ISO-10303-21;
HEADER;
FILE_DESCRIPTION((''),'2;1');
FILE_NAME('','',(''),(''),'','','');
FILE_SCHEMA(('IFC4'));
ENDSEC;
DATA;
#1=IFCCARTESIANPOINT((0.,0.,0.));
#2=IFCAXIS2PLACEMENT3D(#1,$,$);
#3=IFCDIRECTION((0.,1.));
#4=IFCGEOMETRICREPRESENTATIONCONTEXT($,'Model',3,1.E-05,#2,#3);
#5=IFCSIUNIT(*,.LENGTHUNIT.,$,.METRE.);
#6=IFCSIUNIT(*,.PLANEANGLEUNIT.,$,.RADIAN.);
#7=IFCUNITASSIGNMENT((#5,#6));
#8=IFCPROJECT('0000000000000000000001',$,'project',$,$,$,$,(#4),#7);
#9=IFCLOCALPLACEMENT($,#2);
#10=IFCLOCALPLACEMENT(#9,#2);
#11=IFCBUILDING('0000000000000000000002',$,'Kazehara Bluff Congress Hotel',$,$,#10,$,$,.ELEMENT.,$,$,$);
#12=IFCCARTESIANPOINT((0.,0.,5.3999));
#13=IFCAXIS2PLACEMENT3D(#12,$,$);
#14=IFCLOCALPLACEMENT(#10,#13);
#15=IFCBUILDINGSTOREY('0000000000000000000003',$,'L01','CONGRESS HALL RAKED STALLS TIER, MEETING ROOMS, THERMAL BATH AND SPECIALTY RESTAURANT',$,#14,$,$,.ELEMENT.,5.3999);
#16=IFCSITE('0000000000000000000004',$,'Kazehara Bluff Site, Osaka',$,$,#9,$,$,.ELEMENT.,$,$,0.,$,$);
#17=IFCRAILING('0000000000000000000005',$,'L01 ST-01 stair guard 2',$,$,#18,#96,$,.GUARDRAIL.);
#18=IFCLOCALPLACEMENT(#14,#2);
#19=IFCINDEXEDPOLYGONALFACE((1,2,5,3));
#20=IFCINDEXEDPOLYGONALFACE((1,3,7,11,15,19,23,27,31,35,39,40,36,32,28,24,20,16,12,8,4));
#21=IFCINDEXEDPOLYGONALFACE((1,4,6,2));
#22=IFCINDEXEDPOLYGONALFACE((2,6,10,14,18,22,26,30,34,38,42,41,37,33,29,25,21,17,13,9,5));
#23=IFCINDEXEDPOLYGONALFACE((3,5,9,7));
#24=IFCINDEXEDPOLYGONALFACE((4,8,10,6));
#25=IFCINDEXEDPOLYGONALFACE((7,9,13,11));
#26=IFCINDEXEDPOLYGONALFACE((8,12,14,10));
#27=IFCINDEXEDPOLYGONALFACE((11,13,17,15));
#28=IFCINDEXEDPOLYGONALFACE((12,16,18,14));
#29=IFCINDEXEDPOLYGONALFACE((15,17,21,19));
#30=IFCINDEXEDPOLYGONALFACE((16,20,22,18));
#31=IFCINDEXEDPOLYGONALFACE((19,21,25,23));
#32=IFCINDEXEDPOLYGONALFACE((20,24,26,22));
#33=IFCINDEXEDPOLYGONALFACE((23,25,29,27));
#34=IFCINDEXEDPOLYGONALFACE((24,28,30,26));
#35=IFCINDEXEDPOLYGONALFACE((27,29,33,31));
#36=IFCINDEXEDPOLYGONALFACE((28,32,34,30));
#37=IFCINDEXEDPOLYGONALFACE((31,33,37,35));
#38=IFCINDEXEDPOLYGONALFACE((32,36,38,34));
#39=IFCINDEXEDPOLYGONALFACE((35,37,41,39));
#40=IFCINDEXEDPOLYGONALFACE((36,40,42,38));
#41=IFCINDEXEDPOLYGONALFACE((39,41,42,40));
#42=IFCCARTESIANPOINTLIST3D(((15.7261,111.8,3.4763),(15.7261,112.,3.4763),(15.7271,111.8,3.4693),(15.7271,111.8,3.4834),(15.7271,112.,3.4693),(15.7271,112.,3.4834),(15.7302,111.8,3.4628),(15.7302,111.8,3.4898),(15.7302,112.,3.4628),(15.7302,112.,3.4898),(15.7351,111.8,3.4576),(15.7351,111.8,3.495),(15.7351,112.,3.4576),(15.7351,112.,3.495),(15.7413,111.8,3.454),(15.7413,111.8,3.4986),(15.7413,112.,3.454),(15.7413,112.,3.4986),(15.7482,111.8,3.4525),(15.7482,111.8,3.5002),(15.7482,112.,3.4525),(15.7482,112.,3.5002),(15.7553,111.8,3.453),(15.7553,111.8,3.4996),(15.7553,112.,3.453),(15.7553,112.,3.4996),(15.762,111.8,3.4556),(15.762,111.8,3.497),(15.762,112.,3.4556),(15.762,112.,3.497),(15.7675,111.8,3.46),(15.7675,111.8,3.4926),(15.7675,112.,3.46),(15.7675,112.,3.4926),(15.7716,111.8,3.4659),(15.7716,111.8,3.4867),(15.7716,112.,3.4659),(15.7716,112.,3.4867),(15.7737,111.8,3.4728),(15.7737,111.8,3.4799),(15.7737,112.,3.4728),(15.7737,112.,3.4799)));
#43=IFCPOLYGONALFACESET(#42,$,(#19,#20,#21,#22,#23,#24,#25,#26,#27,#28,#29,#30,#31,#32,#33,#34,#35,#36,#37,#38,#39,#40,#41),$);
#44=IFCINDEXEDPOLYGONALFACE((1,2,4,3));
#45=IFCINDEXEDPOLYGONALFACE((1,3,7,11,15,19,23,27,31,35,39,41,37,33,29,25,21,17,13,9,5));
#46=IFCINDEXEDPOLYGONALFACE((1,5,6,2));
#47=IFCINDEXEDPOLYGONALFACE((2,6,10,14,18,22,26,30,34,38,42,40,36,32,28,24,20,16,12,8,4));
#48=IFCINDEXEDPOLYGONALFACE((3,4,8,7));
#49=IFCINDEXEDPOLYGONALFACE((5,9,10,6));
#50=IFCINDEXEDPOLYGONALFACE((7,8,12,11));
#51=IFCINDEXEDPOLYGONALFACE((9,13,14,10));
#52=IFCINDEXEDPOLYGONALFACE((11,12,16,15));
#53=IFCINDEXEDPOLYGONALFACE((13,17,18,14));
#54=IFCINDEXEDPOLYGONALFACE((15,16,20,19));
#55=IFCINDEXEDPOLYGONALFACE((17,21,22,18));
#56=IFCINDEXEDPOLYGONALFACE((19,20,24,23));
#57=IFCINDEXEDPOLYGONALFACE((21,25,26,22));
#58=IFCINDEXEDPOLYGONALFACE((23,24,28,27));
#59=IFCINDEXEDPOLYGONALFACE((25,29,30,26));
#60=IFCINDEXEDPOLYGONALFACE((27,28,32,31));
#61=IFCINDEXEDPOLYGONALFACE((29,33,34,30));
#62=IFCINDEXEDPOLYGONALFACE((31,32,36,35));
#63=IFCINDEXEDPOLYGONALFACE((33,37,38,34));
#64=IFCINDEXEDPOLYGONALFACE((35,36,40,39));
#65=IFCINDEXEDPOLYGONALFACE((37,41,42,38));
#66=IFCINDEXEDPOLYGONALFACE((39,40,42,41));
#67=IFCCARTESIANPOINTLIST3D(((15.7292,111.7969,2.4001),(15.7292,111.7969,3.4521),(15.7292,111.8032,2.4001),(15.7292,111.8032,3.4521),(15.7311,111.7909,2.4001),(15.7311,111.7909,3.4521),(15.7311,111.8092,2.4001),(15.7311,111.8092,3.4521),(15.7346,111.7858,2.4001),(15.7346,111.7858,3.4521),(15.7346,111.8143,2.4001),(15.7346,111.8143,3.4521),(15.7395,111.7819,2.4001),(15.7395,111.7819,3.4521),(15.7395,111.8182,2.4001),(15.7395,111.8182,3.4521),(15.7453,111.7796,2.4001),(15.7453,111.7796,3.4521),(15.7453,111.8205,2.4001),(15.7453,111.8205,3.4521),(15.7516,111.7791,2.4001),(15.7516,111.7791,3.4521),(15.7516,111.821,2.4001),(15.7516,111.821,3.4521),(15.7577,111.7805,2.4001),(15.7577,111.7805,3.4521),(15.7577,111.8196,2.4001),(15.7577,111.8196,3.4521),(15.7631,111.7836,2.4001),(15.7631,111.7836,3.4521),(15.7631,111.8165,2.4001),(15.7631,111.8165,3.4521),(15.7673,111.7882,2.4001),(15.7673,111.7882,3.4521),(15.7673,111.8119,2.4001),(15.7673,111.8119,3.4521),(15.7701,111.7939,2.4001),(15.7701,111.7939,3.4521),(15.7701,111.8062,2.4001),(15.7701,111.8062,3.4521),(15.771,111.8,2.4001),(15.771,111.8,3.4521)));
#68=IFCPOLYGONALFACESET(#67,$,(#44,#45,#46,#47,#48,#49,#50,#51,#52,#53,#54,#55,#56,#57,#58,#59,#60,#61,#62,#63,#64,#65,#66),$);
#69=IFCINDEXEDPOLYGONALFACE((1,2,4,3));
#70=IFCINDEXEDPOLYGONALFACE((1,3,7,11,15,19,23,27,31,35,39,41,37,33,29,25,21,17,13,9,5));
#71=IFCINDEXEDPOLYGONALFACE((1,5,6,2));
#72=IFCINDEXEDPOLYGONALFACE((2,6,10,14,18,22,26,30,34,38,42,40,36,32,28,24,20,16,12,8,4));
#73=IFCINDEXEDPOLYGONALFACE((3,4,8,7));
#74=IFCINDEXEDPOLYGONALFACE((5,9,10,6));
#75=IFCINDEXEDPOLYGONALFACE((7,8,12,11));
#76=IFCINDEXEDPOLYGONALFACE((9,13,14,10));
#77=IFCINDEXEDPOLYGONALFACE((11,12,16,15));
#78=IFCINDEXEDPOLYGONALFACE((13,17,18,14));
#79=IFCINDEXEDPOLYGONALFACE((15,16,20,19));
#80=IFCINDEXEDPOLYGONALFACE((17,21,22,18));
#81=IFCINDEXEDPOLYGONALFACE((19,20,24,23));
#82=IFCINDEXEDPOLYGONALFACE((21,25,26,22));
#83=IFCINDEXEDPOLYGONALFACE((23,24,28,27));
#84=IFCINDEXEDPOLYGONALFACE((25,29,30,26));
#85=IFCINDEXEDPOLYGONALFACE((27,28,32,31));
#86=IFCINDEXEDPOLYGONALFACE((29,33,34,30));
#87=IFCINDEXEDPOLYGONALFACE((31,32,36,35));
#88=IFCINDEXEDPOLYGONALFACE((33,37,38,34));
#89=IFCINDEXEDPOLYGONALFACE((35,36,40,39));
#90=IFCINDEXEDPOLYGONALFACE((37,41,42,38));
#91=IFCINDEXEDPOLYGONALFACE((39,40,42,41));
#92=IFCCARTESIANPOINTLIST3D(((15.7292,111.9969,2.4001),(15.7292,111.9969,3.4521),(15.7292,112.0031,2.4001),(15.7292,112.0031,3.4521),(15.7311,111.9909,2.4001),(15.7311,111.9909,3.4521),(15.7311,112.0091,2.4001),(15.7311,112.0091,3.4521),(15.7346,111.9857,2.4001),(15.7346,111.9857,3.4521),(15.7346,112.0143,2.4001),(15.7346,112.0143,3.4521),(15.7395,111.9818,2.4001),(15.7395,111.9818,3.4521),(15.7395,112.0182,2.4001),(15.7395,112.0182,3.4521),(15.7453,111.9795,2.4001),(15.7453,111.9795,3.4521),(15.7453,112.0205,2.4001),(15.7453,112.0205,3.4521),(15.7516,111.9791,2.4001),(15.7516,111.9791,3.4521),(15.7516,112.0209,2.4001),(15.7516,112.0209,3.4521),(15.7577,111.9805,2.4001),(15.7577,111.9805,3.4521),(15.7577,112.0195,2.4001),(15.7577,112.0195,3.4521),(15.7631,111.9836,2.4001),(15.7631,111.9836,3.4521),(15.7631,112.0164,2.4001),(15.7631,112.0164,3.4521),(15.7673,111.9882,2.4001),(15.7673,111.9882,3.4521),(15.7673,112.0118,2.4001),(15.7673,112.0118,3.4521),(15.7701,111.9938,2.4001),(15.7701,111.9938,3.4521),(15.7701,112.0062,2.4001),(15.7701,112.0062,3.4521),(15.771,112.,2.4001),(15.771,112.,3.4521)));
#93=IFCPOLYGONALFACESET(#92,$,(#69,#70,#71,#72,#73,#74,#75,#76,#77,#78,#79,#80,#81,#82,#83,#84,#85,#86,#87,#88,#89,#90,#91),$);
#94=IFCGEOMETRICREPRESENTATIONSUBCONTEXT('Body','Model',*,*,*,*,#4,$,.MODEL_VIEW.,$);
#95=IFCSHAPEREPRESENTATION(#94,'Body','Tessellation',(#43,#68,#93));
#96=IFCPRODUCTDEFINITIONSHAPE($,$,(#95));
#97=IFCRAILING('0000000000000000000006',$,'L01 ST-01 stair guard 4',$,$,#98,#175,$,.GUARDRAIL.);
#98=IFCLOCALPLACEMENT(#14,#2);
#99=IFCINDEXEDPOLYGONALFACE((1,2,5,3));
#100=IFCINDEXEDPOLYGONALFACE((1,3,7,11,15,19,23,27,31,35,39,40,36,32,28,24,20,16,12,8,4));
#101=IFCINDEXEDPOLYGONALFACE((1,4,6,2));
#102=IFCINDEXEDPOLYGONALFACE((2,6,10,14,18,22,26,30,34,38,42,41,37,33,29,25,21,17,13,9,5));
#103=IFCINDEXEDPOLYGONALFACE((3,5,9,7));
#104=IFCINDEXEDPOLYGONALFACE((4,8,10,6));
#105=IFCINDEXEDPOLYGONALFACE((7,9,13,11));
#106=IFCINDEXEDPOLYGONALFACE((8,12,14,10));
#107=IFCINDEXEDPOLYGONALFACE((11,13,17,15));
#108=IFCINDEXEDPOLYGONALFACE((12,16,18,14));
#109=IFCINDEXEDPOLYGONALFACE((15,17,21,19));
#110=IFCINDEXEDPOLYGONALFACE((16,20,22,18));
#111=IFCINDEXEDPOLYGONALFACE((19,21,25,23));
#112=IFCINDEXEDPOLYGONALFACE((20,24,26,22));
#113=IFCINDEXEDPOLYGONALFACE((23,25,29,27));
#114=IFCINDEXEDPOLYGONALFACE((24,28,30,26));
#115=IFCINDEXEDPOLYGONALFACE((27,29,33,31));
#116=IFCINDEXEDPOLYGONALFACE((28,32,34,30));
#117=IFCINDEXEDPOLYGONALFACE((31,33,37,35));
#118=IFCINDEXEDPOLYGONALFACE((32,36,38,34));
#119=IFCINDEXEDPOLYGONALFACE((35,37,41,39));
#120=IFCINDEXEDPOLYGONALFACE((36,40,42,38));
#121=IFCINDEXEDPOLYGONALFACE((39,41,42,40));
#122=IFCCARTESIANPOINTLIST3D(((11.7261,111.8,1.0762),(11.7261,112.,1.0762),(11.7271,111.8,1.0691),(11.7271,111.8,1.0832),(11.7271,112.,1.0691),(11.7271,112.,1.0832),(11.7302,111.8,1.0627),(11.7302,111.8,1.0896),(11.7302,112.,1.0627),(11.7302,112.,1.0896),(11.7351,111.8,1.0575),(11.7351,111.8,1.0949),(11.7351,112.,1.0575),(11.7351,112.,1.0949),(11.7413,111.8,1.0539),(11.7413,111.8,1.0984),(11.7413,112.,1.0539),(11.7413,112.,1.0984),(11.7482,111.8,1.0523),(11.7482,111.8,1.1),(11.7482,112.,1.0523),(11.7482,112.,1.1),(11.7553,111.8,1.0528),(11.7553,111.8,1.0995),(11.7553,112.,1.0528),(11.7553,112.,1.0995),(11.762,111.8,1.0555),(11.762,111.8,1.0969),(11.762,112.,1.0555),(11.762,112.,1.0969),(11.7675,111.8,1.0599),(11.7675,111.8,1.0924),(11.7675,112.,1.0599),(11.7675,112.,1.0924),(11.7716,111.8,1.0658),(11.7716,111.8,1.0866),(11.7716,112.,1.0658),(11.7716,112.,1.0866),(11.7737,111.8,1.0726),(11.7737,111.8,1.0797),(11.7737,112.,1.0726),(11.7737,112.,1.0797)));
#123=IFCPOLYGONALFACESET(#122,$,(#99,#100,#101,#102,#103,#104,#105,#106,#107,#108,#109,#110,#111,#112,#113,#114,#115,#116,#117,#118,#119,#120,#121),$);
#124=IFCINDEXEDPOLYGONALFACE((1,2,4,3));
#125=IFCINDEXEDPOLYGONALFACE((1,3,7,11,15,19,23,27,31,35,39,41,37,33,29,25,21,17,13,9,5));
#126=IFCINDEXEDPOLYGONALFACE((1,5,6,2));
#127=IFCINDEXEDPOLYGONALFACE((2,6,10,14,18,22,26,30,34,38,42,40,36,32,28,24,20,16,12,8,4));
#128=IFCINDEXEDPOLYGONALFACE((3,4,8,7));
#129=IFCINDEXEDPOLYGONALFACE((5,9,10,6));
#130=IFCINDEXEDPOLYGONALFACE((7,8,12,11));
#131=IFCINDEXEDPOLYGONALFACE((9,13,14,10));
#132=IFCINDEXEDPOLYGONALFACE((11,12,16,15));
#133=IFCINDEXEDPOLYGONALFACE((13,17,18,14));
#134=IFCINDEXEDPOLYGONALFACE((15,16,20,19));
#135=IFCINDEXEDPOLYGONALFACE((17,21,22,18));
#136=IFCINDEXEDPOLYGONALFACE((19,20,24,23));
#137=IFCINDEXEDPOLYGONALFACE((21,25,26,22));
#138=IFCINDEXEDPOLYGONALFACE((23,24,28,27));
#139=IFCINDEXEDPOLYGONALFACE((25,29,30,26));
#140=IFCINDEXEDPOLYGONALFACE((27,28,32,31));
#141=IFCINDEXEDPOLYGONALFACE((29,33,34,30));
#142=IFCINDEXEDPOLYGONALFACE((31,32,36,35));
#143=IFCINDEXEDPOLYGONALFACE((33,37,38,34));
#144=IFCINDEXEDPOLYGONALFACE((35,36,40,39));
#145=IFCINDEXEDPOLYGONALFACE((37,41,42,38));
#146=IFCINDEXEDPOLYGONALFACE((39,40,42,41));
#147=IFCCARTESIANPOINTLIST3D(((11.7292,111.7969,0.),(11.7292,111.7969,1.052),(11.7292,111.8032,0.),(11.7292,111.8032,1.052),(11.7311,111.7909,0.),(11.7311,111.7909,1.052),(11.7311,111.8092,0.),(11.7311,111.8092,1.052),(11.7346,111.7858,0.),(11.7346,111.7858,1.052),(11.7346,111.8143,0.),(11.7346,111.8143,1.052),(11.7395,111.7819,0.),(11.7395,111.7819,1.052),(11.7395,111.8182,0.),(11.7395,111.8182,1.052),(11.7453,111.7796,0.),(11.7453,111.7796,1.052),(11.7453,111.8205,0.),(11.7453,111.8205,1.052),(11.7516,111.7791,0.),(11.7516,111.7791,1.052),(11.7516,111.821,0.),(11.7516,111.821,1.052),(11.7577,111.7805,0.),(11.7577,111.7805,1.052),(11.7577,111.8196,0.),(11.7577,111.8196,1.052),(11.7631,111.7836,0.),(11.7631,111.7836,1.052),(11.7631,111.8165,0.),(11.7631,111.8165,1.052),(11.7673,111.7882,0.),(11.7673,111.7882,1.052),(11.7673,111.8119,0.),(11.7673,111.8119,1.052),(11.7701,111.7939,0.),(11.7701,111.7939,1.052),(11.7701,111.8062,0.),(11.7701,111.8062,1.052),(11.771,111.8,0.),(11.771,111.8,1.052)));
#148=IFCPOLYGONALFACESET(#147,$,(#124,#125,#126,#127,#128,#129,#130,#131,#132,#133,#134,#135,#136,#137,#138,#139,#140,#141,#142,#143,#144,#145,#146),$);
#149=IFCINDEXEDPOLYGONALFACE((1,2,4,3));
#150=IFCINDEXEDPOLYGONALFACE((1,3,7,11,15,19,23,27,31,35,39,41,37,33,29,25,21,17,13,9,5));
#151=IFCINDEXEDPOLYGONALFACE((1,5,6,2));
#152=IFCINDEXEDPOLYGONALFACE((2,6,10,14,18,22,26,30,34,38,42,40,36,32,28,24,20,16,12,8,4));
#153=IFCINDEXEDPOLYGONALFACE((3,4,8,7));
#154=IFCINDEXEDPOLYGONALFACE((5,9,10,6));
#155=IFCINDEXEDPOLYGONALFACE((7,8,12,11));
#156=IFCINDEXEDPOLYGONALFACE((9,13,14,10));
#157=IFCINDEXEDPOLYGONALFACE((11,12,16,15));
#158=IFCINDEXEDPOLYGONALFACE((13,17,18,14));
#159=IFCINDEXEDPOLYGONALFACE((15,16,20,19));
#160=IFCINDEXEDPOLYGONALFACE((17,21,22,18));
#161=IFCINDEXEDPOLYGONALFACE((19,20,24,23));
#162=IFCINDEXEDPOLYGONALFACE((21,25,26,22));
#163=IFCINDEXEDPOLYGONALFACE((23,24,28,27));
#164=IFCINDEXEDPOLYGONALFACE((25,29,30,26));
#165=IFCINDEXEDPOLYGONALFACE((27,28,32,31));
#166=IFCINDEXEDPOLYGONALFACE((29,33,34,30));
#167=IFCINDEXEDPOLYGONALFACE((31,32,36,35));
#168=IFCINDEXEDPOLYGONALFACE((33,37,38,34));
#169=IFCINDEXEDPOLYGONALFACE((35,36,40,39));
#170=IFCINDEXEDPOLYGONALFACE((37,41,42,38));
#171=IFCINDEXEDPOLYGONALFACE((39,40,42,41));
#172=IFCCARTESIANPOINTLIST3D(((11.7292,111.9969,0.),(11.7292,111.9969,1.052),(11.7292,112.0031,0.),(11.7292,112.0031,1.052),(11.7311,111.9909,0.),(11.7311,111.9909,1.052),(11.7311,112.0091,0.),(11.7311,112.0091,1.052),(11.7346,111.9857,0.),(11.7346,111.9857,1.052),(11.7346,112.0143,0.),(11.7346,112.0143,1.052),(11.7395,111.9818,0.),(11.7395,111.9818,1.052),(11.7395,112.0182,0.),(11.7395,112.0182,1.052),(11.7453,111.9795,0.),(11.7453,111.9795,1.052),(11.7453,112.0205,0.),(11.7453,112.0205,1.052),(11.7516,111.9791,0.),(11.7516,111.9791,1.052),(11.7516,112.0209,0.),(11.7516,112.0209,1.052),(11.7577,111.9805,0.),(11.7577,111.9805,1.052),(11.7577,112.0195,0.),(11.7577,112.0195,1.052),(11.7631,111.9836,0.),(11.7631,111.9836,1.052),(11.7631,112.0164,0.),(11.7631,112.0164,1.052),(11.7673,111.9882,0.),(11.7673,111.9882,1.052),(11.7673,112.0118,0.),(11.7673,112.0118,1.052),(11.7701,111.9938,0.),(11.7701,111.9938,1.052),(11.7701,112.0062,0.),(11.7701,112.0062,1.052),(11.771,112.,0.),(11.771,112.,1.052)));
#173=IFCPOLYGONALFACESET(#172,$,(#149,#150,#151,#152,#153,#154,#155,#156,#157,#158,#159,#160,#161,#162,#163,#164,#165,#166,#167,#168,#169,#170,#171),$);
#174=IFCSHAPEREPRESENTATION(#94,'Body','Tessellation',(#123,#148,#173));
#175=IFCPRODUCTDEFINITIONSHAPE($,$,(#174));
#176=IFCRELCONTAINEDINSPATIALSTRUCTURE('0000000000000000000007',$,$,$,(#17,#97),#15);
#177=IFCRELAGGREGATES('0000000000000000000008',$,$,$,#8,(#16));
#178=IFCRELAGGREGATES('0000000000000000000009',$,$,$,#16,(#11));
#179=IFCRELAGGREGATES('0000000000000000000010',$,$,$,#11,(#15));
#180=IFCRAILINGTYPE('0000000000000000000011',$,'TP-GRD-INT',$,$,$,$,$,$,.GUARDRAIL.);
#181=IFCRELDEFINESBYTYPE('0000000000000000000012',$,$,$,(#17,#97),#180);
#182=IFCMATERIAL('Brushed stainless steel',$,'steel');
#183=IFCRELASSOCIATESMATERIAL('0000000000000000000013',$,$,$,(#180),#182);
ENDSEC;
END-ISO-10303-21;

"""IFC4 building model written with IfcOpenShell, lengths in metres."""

from ifc_helpers import new_model, si_unit, direction, frame, origin, origin_2d, place, context, subcontext, project, spatial, circle, extrude, material, type_object, element, save


model = new_model("IFC4")

# Units and contexts
model_context = context("Model", 3, precision=1e-05, world=origin(), true_north=direction((0.0, 1.0)))
body_context = subcontext(model_context, "Body", "Model", "MODEL_VIEW")
ifc_project = project(units=[si_unit("LENGTHUNIT", "METRE"), si_unit("PLANEANGLEUNIT", "RADIAN")], contexts=[model_context])

# Site, building, storey
site_placement = place(None, origin())
site = spatial("IfcSite", under=ifc_project, at=site_placement, Name="Kazehara Bluff Site, Osaka", CompositionType="ELEMENT", RefElevation=0.0)
building_placement = place(site_placement, origin())
building = spatial("IfcBuilding", under=site, at=building_placement, Name="Kazehara Bluff Congress Hotel", CompositionType="ELEMENT")
storey_placement = place(building_placement, frame((0.0, 0.0, 5.3999)))
storey = spatial("IfcBuildingStorey", under=building, at=storey_placement, Name="L01", Description="CONGRESS HALL RAKED STALLS TIER, MEETING ROOMS, THERMAL BATH AND SPECIALTY RESTAURANT", CompositionType="ELEMENT", Elevation=5.3999)

# Railings
ifc_material_1 = material(Name="Brushed stainless steel", Category="steel")
railing_type_1 = type_object("IfcRailingType", Name="TP-GRD-INT", PredefinedType="GUARDRAIL", material=ifc_material_1)
for number, where, name in (
    (1, (15.75, 111.8, 2.4001), "L01 ST-01 stair guard 2"),
    (2, (11.75, 111.8, 0.0), "L01 ST-01 stair guard 4"),
):
    element("IfcRailing", number, at=place(storey_placement, frame(where)), inside=storey, type_object=railing_type_1, Name=name, PredefinedType="GUARDRAIL", context=body_context, shape_type="SweptSolid", body=[
        extrude(circle(Radius=0.0239, at=origin_2d()), frame((0.0, 0.0, 1.0762), z_axis=(0.0, 1.0, 0.0), x_axis=(-1.0, 0.0, 0.0)), (0.0, 0.0, 1.0), 0.2),
        extrude(circle(Radius=0.021, at=origin_2d()), origin(), (0.0, 0.0, 1.0), 1.052),
        extrude(circle(Radius=0.021, at=origin_2d()), frame((0.0, 0.2, 0.0)), (0.0, 0.0, 1.0), 1.052),
    ])

save(model, "model.ifc")
